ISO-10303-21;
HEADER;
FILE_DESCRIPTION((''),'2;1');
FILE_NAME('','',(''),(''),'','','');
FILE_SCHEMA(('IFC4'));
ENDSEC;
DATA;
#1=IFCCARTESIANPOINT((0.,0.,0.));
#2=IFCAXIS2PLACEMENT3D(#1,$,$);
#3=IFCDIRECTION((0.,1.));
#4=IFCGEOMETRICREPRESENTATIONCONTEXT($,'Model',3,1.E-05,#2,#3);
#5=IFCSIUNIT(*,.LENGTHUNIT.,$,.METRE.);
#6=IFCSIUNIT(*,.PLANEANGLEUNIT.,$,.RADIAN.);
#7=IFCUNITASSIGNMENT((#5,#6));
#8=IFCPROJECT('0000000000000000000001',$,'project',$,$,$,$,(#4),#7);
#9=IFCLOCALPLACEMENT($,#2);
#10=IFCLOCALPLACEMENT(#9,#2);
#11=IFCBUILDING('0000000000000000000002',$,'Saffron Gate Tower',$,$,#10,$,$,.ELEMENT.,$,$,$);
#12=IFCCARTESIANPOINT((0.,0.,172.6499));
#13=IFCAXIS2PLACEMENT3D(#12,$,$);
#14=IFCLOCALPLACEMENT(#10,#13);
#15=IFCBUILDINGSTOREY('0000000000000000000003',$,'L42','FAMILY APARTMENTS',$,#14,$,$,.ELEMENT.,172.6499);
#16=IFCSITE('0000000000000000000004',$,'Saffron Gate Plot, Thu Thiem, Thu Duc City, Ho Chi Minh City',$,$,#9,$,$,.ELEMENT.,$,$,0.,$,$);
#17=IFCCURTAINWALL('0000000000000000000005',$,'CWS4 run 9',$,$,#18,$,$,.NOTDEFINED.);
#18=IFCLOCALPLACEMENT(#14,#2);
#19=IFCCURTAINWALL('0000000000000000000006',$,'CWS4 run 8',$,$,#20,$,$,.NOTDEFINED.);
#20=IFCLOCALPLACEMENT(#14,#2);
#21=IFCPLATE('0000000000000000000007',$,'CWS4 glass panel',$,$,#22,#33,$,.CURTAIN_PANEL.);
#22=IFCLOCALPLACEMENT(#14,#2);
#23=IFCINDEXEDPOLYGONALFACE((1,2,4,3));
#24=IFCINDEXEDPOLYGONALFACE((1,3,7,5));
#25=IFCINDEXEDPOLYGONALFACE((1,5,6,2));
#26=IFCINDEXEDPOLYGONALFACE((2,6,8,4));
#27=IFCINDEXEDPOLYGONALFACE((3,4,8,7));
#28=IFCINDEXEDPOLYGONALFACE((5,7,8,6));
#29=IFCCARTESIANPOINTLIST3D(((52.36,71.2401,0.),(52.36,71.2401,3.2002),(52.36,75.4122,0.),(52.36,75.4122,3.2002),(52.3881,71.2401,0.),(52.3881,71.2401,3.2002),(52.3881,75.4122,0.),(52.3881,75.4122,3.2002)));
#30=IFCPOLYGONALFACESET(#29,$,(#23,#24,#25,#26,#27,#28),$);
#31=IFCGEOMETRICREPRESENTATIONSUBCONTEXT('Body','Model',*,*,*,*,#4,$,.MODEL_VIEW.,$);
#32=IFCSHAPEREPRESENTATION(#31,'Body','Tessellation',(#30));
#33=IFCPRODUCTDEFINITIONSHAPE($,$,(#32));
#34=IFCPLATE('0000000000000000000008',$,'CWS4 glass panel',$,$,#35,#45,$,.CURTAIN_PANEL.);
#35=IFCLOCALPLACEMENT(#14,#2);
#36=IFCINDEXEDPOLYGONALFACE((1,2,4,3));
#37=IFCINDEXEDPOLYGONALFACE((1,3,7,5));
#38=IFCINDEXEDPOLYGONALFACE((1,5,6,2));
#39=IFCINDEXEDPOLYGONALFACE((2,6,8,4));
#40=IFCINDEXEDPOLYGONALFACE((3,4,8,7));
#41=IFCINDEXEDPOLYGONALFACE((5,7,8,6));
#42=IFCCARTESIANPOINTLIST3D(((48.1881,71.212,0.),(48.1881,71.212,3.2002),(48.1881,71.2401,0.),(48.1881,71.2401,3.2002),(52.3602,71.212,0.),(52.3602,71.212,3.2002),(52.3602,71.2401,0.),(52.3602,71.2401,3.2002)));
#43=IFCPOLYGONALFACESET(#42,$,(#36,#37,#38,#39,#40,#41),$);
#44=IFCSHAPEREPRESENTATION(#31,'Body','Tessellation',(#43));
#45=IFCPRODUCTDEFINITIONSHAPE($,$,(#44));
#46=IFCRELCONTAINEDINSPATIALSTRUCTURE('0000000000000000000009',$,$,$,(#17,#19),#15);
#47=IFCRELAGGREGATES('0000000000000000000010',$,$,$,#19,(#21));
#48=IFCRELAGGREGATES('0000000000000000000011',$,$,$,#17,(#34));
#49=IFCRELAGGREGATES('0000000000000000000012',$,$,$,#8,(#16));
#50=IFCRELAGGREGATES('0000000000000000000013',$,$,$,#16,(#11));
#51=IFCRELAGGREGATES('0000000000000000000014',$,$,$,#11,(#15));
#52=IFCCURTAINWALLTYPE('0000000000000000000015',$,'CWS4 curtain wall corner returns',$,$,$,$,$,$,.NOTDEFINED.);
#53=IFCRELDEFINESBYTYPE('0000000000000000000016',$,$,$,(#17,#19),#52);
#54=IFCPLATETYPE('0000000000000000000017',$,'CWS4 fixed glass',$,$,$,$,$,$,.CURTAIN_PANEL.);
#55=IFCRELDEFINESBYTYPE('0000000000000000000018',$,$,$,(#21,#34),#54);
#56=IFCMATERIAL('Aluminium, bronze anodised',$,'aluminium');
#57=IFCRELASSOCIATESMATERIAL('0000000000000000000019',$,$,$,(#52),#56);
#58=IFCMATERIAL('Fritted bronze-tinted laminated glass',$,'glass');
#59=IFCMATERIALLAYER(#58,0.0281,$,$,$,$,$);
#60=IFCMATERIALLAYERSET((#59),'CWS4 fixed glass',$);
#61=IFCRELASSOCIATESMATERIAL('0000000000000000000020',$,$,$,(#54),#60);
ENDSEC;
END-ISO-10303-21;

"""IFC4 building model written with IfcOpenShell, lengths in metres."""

from ifc_helpers import new_model, si_unit, direction, frame, frame_2d, origin, place, context, subcontext, project, spatial, rectangle, extrude, material, layer, layer_set, type_object, element, aggregate, save


model = new_model("IFC4")

# Units and contexts
model_context = context("Model", 3, precision=1e-05, world=origin(), true_north=direction((0.0, 1.0)))
body_context = subcontext(model_context, "Body", "Model", "MODEL_VIEW")
ifc_project = project(units=[si_unit("LENGTHUNIT", "METRE"), si_unit("PLANEANGLEUNIT", "RADIAN")], contexts=[model_context])

# Site, building, storey
site_placement = place(None, origin())
site = spatial("IfcSite", under=ifc_project, at=site_placement, Name="Saffron Gate Plot, Thu Thiem, Thu Duc City, Ho Chi Minh City", CompositionType="ELEMENT", RefElevation=0.0)
building_placement = place(site_placement, origin())
building = spatial("IfcBuilding", under=site, at=building_placement, Name="Saffron Gate Tower", CompositionType="ELEMENT")
storey_placement = place(building_placement, frame((0.0, 0.0, 172.6499)))
storey = spatial("IfcBuildingStorey", under=building, at=storey_placement, Name="L42", Description="FAMILY APARTMENTS", CompositionType="ELEMENT", Elevation=172.6499)

# Shared definitions
ifc_material_1 = material(Name="Aluminium, bronze anodised", Category="aluminium")

# Curtain wall
curtain_wall_type_1 = type_object("IfcCurtainWallType", Name="CWS4 curtain wall corner returns", PredefinedType="NOTDEFINED", material=ifc_material_1)
curtain_wall_1_placement = place(storey_placement, origin())
curtain_wall_1 = element("IfcCurtainWall", 1, at=curtain_wall_1_placement, inside=storey, type_object=curtain_wall_type_1, Name="CWS4 run 9", PredefinedType="NOTDEFINED")

# Curtain wall
curtain_wall_2_placement = place(storey_placement, origin())
curtain_wall_2 = element("IfcCurtainWall", 2, at=curtain_wall_2_placement, inside=storey, type_object=curtain_wall_type_1, Name="CWS4 run 8", PredefinedType="NOTDEFINED")

# Shared definitions
ifc_material_2 = material(Name="Fritted bronze-tinted laminated glass", Category="glass")

# Plates
ifc_layer_1 = layer(ifc_material_2, 0.0281)
ifc_layer_set_1 = layer_set([ifc_layer_1], Name="CWS4 fixed glass")
plate_type_1 = type_object("IfcPlateType", Name="CWS4 fixed glass", PredefinedType="CURTAIN_PANEL", material=ifc_layer_set_1)
plate_1_placement = place(storey_placement, frame((52.374, 75.4121, 0.0), z_axis=(0.0, 0.0, 1.0), x_axis=(0.0, -1.0, 0.0)))
plate_1 = element("IfcPlate", 3, at=plate_1_placement, type_object=plate_type_1, Name="CWS4 glass panel", PredefinedType="CURTAIN_PANEL", context=body_context, shape_type="SweptSolid", body=[
    extrude(rectangle(XDim=4.1721, YDim=0.0281, at=frame_2d((2.0859, 0.0))), origin(), (0.0, 0.0, 1.0), 3.2002),
])
aggregate(curtain_wall_2, [plate_1])
plate_2_placement = place(storey_placement, frame((52.3601, 71.2261, 0.0), z_axis=(0.0, 0.0, 1.0), x_axis=(-1.0, 0.0, 0.0)))
plate_2 = element("IfcPlate", 4, at=plate_2_placement, type_object=plate_type_1, Name="CWS4 glass panel", PredefinedType="CURTAIN_PANEL", context=body_context, shape_type="SweptSolid", body=[
    extrude(rectangle(XDim=4.1721, YDim=0.0281, at=frame_2d((2.0859, 0.0))), origin(), (0.0, 0.0, 1.0), 3.2002),
])
aggregate(curtain_wall_1, [plate_2])

save(model, "model.ifc")
